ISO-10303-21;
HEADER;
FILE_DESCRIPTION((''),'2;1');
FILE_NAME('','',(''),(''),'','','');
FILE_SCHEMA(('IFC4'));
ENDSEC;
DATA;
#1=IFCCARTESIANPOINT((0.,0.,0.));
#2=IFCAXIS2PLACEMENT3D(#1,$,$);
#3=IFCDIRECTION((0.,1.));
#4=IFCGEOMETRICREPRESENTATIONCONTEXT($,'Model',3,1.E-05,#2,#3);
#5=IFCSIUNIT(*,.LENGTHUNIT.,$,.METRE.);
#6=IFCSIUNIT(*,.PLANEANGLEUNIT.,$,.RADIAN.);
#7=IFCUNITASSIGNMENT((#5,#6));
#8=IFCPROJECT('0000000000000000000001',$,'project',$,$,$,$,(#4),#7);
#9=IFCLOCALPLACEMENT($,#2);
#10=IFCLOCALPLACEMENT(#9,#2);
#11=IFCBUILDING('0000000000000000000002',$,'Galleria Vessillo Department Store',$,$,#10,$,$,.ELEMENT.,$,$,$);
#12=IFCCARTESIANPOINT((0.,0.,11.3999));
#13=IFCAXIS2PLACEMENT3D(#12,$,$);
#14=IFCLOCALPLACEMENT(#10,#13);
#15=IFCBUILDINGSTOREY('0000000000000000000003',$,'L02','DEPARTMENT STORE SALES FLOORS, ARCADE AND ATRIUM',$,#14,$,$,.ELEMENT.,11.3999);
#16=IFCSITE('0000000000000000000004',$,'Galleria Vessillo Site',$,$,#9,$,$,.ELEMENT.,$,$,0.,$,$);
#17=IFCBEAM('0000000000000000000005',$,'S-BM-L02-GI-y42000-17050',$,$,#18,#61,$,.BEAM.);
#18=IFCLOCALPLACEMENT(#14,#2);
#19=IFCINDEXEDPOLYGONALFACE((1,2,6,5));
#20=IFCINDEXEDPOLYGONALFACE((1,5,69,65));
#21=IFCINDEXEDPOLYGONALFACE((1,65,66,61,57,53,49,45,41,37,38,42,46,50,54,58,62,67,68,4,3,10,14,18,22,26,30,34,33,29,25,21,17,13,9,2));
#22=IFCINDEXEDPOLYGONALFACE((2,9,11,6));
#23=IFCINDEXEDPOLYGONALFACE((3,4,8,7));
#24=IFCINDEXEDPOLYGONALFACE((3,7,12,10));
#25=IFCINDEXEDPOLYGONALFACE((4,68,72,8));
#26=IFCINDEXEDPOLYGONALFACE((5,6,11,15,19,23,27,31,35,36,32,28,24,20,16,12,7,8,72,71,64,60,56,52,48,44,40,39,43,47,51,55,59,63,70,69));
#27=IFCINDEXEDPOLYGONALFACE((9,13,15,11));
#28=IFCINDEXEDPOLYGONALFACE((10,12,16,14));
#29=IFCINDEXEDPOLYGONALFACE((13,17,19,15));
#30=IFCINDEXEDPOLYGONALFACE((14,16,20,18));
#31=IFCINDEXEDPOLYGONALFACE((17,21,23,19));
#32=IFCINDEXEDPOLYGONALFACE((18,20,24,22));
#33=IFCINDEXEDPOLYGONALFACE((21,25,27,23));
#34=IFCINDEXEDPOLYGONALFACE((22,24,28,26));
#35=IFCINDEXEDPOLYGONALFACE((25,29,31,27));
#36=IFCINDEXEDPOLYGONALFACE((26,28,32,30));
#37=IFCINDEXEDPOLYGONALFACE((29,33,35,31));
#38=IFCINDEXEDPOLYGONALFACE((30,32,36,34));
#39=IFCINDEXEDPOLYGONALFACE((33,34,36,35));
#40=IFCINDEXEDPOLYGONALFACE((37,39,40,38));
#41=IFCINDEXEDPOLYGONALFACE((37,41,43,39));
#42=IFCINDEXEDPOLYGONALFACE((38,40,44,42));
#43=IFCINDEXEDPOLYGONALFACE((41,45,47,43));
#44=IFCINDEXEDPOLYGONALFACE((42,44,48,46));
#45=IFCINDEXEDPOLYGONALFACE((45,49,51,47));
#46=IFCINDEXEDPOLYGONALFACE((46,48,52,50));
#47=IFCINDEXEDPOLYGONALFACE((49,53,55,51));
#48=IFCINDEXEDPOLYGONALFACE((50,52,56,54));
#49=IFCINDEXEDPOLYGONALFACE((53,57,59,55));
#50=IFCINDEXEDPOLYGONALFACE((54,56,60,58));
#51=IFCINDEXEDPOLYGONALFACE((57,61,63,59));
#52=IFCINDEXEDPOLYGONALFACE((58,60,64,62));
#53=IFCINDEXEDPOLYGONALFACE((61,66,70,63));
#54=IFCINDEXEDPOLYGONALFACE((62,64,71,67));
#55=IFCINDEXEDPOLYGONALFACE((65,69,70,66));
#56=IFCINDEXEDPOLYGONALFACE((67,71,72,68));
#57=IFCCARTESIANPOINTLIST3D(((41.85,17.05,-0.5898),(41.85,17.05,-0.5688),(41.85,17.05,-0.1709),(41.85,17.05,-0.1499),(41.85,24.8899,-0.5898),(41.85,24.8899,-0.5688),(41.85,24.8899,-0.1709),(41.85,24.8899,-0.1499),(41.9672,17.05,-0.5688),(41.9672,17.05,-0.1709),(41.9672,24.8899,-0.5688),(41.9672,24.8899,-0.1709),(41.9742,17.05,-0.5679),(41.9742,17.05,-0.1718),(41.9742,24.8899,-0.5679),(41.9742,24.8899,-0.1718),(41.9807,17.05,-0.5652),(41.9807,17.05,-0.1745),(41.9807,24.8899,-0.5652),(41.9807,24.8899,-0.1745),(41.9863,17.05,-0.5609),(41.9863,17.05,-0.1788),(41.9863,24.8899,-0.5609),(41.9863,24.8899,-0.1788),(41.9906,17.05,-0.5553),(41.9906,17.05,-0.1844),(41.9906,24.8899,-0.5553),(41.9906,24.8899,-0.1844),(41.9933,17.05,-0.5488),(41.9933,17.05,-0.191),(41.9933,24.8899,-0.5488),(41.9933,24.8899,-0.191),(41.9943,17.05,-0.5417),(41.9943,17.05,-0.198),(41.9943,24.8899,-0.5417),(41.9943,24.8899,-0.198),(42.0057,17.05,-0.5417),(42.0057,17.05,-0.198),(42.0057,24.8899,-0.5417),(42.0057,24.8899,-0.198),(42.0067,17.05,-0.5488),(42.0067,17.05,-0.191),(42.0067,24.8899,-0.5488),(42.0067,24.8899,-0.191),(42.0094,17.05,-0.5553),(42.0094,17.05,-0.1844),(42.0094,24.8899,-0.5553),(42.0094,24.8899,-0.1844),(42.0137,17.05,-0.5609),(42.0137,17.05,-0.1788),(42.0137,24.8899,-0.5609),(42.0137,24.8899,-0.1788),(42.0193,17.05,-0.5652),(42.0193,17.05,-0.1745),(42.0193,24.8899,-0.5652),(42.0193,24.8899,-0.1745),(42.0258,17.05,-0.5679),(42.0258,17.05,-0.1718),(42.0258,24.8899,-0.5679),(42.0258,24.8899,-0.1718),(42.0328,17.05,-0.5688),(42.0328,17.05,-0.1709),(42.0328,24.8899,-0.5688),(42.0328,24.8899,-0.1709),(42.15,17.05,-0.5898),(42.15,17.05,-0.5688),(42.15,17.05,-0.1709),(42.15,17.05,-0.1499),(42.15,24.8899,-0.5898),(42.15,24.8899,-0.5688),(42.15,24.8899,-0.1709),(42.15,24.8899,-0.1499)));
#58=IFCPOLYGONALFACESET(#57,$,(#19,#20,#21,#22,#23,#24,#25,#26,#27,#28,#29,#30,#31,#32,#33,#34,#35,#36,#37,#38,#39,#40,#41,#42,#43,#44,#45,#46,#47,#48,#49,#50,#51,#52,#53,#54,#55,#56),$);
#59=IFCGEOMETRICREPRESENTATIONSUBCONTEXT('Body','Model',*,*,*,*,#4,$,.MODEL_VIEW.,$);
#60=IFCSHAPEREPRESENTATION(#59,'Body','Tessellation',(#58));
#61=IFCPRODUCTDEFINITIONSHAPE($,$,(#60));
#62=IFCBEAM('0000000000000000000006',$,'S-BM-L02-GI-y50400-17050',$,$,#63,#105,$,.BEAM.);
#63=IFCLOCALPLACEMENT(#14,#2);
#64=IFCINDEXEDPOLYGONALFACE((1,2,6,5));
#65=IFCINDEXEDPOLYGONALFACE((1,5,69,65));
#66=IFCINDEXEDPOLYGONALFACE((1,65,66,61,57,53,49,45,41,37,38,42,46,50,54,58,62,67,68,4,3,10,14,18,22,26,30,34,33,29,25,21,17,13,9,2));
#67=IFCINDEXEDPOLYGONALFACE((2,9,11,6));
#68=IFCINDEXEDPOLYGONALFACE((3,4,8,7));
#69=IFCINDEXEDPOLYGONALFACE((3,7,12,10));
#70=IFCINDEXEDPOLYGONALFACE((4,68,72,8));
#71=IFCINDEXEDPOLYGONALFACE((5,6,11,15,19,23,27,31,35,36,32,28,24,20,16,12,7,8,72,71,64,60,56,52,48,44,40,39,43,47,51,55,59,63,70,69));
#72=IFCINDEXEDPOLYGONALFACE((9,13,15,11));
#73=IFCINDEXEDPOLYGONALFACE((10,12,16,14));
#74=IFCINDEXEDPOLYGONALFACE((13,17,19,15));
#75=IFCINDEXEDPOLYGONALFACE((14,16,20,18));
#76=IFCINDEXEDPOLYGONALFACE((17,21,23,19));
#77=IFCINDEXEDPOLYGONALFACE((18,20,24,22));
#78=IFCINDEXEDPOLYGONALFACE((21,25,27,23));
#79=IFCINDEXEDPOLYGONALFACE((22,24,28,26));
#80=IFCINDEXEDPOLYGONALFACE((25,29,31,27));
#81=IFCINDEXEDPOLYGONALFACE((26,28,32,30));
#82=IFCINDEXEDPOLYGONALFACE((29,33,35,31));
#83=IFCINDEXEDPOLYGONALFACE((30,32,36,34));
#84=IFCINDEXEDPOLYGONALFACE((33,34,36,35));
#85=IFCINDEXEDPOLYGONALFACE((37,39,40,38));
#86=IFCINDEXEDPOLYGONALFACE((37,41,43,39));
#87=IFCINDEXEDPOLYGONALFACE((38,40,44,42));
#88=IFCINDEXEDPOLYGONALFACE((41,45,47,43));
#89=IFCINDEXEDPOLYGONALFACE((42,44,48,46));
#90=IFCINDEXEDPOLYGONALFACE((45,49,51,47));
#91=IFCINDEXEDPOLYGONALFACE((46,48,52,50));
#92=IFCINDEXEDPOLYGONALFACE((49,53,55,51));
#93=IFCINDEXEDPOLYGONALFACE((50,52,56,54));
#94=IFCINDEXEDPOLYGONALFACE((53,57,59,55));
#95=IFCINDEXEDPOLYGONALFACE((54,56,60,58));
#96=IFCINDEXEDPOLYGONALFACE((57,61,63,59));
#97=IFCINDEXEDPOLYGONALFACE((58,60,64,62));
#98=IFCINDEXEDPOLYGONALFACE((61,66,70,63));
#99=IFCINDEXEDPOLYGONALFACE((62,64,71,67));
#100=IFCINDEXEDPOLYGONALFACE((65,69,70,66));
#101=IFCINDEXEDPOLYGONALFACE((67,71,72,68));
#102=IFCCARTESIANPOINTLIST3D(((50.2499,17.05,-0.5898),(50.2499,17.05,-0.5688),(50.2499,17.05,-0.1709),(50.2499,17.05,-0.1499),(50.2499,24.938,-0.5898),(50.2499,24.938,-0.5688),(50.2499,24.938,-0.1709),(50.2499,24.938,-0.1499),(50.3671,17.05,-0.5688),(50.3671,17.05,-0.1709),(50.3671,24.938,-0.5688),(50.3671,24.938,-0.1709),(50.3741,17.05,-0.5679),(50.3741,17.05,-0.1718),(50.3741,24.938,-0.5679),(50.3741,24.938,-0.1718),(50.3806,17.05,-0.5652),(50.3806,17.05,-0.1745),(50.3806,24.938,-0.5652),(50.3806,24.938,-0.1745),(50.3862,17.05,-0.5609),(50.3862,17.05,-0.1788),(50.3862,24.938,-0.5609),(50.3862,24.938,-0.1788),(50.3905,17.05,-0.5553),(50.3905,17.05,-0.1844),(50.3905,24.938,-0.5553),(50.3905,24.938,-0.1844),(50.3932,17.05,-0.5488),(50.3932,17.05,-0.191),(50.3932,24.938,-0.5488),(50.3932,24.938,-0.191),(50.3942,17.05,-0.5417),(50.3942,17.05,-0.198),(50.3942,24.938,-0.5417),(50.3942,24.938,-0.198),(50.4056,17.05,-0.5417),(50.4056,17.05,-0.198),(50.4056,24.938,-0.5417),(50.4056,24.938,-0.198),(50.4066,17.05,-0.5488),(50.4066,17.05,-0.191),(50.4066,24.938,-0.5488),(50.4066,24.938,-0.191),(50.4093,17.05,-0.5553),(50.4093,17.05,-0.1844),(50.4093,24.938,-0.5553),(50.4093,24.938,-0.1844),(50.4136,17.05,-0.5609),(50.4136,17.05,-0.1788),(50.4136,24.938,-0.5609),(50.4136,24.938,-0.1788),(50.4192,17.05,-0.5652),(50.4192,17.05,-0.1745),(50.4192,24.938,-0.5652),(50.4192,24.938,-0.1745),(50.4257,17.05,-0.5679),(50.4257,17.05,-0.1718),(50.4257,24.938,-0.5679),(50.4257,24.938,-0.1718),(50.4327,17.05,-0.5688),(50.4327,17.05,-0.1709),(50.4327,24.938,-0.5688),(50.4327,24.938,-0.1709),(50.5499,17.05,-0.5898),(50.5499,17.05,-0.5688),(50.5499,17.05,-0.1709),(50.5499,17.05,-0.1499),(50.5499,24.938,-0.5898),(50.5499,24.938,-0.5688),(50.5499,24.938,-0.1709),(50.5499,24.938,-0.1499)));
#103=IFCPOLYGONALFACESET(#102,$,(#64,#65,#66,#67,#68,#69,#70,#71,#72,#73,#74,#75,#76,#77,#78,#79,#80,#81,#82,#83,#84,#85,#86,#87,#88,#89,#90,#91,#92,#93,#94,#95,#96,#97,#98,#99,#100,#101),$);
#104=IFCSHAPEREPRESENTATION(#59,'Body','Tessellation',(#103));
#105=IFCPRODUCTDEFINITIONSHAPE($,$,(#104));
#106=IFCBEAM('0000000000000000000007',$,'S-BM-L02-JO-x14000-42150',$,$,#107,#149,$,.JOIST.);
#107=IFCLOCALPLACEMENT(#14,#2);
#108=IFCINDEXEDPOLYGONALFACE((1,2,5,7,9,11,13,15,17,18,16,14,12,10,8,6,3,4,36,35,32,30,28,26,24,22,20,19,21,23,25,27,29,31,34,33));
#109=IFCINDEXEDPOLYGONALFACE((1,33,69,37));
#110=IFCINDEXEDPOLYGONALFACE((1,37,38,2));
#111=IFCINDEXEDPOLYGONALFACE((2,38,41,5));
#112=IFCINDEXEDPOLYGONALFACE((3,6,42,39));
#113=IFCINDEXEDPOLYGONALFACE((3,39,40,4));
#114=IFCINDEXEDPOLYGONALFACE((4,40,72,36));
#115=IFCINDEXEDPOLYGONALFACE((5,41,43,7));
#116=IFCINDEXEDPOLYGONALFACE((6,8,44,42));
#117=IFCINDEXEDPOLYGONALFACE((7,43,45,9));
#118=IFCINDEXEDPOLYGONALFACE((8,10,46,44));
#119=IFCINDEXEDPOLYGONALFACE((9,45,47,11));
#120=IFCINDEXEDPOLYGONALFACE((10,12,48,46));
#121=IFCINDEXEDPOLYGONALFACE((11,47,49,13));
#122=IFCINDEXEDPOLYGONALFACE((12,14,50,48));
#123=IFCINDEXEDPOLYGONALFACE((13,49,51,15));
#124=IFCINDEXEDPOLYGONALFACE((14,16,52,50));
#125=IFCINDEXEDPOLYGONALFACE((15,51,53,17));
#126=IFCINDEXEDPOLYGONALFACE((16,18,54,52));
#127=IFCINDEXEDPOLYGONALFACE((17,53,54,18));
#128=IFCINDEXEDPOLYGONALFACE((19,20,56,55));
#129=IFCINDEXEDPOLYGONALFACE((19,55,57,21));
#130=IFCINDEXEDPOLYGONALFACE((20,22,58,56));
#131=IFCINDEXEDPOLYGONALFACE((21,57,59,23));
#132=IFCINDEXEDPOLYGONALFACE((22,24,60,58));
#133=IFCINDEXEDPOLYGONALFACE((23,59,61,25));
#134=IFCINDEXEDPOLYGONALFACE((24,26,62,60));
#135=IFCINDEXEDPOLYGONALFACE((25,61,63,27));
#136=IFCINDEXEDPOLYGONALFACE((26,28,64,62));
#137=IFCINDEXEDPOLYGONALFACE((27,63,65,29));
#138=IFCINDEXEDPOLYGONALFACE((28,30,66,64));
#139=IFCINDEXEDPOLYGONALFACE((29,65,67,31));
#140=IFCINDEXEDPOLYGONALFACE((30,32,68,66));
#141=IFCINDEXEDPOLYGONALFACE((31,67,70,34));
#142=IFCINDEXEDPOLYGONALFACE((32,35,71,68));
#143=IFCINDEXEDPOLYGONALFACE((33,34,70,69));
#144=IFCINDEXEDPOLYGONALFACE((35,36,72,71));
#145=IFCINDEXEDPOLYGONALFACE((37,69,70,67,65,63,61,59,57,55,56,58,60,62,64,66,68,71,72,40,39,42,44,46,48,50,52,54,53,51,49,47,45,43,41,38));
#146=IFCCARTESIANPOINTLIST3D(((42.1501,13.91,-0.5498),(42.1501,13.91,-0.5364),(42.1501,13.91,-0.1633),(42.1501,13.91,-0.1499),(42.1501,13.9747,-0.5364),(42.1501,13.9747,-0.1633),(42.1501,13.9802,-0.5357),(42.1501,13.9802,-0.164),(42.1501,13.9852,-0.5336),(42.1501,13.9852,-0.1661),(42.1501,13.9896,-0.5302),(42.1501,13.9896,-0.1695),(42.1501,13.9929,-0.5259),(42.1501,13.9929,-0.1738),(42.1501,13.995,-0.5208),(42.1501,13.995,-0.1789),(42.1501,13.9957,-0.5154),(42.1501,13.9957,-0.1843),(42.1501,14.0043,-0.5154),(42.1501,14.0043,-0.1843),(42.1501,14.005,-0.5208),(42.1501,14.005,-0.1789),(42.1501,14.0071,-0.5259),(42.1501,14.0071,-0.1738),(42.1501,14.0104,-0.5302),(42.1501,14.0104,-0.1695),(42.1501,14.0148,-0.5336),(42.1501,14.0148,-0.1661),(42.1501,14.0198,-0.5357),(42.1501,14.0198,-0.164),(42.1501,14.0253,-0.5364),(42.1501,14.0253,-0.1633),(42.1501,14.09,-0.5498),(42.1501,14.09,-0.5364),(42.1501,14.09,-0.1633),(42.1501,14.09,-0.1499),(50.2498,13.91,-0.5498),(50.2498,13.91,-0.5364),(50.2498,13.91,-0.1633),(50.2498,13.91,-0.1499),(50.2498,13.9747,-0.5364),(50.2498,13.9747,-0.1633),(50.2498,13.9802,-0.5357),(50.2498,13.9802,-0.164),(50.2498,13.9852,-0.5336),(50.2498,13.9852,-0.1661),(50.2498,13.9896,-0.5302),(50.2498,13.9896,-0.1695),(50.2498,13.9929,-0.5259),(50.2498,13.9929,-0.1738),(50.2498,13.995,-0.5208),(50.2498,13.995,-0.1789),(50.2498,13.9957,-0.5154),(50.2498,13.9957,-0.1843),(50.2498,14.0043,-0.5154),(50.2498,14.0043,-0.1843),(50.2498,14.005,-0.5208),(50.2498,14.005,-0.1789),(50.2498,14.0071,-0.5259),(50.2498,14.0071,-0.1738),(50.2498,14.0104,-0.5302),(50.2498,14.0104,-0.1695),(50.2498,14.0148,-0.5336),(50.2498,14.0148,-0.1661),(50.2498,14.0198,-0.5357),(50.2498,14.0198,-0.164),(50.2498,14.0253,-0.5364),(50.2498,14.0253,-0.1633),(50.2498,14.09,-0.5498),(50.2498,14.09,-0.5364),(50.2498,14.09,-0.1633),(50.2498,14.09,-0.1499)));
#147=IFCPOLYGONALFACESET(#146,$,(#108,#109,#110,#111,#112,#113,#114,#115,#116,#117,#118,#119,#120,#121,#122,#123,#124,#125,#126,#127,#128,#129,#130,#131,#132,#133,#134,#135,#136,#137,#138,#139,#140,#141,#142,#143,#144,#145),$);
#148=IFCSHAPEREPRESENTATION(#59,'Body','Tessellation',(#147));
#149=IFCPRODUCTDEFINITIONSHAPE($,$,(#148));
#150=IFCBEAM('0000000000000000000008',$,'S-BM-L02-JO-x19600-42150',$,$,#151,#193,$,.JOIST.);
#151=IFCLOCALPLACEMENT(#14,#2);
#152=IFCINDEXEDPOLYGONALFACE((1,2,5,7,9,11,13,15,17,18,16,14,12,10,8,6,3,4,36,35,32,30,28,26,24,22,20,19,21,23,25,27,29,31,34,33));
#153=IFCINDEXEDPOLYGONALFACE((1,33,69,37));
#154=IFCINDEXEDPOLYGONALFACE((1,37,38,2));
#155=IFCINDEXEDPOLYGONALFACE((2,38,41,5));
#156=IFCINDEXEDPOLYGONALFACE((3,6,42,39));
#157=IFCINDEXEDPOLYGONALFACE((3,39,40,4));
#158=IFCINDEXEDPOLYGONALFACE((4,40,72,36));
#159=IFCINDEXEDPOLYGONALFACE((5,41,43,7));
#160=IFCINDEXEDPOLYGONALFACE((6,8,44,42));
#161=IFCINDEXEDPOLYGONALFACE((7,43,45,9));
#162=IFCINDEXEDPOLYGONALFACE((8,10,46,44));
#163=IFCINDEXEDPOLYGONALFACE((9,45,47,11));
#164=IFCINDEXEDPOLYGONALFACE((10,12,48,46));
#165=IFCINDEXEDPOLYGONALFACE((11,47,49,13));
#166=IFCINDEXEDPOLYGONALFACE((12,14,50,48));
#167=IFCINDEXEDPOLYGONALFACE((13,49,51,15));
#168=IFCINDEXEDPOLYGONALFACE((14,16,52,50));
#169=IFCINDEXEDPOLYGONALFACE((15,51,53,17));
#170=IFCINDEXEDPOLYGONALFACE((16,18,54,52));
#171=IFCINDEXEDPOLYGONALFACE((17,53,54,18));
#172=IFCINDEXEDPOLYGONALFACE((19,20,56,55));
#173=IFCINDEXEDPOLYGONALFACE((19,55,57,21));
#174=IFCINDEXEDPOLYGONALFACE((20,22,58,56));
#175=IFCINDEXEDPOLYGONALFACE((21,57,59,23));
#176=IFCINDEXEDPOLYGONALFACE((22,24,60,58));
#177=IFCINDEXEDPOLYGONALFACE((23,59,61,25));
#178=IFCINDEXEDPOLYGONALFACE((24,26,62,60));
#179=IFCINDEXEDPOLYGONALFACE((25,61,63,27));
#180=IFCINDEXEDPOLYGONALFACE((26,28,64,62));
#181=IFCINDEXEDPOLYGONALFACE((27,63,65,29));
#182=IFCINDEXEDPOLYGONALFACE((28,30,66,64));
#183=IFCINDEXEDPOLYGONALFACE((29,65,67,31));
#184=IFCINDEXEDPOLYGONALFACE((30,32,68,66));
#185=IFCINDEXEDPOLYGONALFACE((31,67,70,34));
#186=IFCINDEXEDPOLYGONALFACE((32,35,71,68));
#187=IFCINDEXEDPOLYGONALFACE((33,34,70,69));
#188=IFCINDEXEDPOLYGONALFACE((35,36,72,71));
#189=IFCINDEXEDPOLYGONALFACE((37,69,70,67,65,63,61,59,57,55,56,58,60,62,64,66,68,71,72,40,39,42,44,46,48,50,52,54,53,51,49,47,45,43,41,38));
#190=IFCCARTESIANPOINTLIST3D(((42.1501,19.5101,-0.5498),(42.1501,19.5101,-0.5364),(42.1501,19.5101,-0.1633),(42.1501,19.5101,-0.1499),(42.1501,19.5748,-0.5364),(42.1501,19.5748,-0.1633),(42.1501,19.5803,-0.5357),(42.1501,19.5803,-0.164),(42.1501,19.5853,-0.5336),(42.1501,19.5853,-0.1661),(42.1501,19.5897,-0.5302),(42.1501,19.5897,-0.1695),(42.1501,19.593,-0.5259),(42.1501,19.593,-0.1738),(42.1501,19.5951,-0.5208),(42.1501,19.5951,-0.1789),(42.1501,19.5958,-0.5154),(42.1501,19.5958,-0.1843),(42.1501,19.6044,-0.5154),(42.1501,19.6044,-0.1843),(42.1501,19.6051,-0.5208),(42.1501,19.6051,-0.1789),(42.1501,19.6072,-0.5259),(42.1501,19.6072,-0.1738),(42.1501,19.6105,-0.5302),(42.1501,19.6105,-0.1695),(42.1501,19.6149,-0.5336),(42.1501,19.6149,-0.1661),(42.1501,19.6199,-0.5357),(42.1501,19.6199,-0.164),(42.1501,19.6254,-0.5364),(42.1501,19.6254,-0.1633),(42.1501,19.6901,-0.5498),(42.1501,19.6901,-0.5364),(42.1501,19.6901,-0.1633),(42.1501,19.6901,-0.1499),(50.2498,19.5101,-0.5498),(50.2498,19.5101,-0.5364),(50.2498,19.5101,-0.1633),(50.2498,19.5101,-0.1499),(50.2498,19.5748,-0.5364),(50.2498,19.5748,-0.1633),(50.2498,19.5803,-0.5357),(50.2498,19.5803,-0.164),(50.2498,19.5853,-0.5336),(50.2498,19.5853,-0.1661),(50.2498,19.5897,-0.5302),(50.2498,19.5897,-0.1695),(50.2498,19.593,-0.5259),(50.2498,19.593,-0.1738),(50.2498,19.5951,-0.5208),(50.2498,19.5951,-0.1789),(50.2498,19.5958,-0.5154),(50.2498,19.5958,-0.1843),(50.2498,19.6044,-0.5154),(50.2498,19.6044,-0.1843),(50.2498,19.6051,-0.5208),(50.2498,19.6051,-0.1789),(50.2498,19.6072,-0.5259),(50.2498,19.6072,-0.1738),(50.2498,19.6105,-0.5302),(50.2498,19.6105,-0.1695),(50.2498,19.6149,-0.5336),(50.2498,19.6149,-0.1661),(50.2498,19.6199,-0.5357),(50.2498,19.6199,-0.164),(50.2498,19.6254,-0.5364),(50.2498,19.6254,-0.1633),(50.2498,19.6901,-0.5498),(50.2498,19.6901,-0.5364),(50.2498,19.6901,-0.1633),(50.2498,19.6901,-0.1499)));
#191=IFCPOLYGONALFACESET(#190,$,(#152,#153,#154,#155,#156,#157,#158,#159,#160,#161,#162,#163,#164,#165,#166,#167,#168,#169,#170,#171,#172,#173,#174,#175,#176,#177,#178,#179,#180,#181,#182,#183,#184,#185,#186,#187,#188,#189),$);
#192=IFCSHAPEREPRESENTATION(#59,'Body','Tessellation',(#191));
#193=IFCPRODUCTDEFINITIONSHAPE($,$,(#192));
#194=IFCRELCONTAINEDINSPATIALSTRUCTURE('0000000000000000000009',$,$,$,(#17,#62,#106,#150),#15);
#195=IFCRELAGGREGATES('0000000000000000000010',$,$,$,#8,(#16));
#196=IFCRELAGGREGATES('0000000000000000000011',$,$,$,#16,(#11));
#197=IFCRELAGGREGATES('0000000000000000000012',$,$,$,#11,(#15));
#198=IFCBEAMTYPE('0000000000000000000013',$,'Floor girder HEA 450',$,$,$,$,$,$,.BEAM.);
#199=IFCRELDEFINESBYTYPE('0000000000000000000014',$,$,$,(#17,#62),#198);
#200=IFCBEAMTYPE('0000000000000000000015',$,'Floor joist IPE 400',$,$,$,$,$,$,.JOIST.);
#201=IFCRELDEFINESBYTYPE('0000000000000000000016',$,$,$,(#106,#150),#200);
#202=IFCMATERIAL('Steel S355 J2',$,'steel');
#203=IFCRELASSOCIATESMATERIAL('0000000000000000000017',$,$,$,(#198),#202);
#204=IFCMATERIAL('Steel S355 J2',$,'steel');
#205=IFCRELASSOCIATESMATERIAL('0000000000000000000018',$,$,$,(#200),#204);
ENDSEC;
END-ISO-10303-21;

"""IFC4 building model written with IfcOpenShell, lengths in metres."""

from ifc_helpers import new_model, si_unit, direction, frame, origin, origin_2d, place, context, subcontext, project, spatial, i_section, extrude, material, material_profile, profile_set, type_object, element, save


model = new_model("IFC4")

# Units and contexts
model_context = context("Model", 3, precision=1e-05, world=origin(), true_north=direction((0.0, 1.0)))
body_context = subcontext(model_context, "Body", "Model", "MODEL_VIEW")
ifc_project = project(units=[si_unit("LENGTHUNIT", "METRE"), si_unit("PLANEANGLEUNIT", "RADIAN")], contexts=[model_context])

# Site, building, storey
site_placement = place(None, origin())
site = spatial("IfcSite", under=ifc_project, at=site_placement, Name="Galleria Vessillo Site", CompositionType="ELEMENT", RefElevation=0.0)
building_placement = place(site_placement, origin())
building = spatial("IfcBuilding", under=site, at=building_placement, Name="Galleria Vessillo Department Store", CompositionType="ELEMENT")
storey_placement = place(building_placement, frame((0.0, 0.0, 11.3999)))
storey = spatial("IfcBuildingStorey", under=building, at=storey_placement, Name="L02", Description="DEPARTMENT STORE SALES FLOORS, ARCADE AND ATRIUM", CompositionType="ELEMENT", Elevation=11.3999)

# Beams
ifc_material_1 = material(Name="Steel S355 J2", Category="steel")
ifc_material_profile_1 = material_profile(ifc_material_1, i_section(OverallWidth=0.3, OverallDepth=0.4399, WebThickness=0.0115, FlangeThickness=0.021, FilletRadius=0.0271, at=origin_2d()), Name="HEA 450")
ifc_profile_set_1 = profile_set([ifc_material_profile_1], Name="Steel S355 J2")
beam_type_1 = type_object("IfcBeamType", Name="Floor girder HEA 450", PredefinedType="BEAM", material=ifc_profile_set_1)
beam_1_placement = place(storey_placement, frame((42.0, 17.05, -0.3699), z_axis=(0.0, 1.0, 0.0), x_axis=(-1.0, 0.0, 0.0)))
element("IfcBeam", 1, at=beam_1_placement, inside=storey, type_object=beam_type_1, Name="S-BM-L02-GI-y42000-17050", PredefinedType="BEAM", context=body_context, shape_type="SweptSolid", body=[
    extrude(i_section(OverallWidth=0.3, OverallDepth=0.4399, WebThickness=0.0115, FlangeThickness=0.021, FilletRadius=0.0271, at=origin_2d()), origin(), (0.0, 0.0, 1.0), 7.8398),
])
beam_2_placement = place(storey_placement, frame((50.3999, 17.05, -0.3699), z_axis=(0.0, 1.0, 0.0), x_axis=(-1.0, 0.0, 0.0)))
element("IfcBeam", 2, at=beam_2_placement, inside=storey, type_object=beam_type_1, Name="S-BM-L02-GI-y50400-17050", PredefinedType="BEAM", context=body_context, shape_type="SweptSolid", body=[
    extrude(i_section(OverallWidth=0.3, OverallDepth=0.4399, WebThickness=0.0115, FlangeThickness=0.021, FilletRadius=0.0271, at=origin_2d()), origin(), (0.0, 0.0, 1.0), 7.8879),
])
ifc_material_2 = material(Name="Steel S355 J2", Category="steel")
ifc_material_profile_2 = material_profile(ifc_material_2, i_section(OverallWidth=0.1799, OverallDepth=0.3999, WebThickness=0.0085, FlangeThickness=0.0134, FilletRadius=0.021, at=origin_2d()), Name="IPE 400")
ifc_profile_set_2 = profile_set([ifc_material_profile_2], Name="Steel S355 J2")
beam_type_2 = type_object("IfcBeamType", Name="Floor joist IPE 400", PredefinedType="JOIST", material=ifc_profile_set_2)
for number, where, z_axis, x_axis, name in (
    (3, (42.1501, 14.0, -0.3499), (1.0, 0.0, 0.0), (0.0, 1.0, 0.0), "S-BM-L02-JO-x14000-42150"),
    (4, (42.1501, 19.6001, -0.3499), (1.0, 0.0, 0.0), (0.0, 1.0, 0.0), "S-BM-L02-JO-x19600-42150"),
):
    element("IfcBeam", number, at=place(storey_placement, frame(where, z_axis=z_axis, x_axis=x_axis)), inside=storey, type_object=beam_type_2, Name=name, PredefinedType="JOIST", context=body_context, shape_type="SweptSolid", body=[
        extrude(i_section(OverallWidth=0.1799, OverallDepth=0.3999, WebThickness=0.0085, FlangeThickness=0.0134, FilletRadius=0.021, at=origin_2d()), origin(), (0.0, 0.0, 1.0), 8.0996),
    ])

save(model, "model.ifc")
